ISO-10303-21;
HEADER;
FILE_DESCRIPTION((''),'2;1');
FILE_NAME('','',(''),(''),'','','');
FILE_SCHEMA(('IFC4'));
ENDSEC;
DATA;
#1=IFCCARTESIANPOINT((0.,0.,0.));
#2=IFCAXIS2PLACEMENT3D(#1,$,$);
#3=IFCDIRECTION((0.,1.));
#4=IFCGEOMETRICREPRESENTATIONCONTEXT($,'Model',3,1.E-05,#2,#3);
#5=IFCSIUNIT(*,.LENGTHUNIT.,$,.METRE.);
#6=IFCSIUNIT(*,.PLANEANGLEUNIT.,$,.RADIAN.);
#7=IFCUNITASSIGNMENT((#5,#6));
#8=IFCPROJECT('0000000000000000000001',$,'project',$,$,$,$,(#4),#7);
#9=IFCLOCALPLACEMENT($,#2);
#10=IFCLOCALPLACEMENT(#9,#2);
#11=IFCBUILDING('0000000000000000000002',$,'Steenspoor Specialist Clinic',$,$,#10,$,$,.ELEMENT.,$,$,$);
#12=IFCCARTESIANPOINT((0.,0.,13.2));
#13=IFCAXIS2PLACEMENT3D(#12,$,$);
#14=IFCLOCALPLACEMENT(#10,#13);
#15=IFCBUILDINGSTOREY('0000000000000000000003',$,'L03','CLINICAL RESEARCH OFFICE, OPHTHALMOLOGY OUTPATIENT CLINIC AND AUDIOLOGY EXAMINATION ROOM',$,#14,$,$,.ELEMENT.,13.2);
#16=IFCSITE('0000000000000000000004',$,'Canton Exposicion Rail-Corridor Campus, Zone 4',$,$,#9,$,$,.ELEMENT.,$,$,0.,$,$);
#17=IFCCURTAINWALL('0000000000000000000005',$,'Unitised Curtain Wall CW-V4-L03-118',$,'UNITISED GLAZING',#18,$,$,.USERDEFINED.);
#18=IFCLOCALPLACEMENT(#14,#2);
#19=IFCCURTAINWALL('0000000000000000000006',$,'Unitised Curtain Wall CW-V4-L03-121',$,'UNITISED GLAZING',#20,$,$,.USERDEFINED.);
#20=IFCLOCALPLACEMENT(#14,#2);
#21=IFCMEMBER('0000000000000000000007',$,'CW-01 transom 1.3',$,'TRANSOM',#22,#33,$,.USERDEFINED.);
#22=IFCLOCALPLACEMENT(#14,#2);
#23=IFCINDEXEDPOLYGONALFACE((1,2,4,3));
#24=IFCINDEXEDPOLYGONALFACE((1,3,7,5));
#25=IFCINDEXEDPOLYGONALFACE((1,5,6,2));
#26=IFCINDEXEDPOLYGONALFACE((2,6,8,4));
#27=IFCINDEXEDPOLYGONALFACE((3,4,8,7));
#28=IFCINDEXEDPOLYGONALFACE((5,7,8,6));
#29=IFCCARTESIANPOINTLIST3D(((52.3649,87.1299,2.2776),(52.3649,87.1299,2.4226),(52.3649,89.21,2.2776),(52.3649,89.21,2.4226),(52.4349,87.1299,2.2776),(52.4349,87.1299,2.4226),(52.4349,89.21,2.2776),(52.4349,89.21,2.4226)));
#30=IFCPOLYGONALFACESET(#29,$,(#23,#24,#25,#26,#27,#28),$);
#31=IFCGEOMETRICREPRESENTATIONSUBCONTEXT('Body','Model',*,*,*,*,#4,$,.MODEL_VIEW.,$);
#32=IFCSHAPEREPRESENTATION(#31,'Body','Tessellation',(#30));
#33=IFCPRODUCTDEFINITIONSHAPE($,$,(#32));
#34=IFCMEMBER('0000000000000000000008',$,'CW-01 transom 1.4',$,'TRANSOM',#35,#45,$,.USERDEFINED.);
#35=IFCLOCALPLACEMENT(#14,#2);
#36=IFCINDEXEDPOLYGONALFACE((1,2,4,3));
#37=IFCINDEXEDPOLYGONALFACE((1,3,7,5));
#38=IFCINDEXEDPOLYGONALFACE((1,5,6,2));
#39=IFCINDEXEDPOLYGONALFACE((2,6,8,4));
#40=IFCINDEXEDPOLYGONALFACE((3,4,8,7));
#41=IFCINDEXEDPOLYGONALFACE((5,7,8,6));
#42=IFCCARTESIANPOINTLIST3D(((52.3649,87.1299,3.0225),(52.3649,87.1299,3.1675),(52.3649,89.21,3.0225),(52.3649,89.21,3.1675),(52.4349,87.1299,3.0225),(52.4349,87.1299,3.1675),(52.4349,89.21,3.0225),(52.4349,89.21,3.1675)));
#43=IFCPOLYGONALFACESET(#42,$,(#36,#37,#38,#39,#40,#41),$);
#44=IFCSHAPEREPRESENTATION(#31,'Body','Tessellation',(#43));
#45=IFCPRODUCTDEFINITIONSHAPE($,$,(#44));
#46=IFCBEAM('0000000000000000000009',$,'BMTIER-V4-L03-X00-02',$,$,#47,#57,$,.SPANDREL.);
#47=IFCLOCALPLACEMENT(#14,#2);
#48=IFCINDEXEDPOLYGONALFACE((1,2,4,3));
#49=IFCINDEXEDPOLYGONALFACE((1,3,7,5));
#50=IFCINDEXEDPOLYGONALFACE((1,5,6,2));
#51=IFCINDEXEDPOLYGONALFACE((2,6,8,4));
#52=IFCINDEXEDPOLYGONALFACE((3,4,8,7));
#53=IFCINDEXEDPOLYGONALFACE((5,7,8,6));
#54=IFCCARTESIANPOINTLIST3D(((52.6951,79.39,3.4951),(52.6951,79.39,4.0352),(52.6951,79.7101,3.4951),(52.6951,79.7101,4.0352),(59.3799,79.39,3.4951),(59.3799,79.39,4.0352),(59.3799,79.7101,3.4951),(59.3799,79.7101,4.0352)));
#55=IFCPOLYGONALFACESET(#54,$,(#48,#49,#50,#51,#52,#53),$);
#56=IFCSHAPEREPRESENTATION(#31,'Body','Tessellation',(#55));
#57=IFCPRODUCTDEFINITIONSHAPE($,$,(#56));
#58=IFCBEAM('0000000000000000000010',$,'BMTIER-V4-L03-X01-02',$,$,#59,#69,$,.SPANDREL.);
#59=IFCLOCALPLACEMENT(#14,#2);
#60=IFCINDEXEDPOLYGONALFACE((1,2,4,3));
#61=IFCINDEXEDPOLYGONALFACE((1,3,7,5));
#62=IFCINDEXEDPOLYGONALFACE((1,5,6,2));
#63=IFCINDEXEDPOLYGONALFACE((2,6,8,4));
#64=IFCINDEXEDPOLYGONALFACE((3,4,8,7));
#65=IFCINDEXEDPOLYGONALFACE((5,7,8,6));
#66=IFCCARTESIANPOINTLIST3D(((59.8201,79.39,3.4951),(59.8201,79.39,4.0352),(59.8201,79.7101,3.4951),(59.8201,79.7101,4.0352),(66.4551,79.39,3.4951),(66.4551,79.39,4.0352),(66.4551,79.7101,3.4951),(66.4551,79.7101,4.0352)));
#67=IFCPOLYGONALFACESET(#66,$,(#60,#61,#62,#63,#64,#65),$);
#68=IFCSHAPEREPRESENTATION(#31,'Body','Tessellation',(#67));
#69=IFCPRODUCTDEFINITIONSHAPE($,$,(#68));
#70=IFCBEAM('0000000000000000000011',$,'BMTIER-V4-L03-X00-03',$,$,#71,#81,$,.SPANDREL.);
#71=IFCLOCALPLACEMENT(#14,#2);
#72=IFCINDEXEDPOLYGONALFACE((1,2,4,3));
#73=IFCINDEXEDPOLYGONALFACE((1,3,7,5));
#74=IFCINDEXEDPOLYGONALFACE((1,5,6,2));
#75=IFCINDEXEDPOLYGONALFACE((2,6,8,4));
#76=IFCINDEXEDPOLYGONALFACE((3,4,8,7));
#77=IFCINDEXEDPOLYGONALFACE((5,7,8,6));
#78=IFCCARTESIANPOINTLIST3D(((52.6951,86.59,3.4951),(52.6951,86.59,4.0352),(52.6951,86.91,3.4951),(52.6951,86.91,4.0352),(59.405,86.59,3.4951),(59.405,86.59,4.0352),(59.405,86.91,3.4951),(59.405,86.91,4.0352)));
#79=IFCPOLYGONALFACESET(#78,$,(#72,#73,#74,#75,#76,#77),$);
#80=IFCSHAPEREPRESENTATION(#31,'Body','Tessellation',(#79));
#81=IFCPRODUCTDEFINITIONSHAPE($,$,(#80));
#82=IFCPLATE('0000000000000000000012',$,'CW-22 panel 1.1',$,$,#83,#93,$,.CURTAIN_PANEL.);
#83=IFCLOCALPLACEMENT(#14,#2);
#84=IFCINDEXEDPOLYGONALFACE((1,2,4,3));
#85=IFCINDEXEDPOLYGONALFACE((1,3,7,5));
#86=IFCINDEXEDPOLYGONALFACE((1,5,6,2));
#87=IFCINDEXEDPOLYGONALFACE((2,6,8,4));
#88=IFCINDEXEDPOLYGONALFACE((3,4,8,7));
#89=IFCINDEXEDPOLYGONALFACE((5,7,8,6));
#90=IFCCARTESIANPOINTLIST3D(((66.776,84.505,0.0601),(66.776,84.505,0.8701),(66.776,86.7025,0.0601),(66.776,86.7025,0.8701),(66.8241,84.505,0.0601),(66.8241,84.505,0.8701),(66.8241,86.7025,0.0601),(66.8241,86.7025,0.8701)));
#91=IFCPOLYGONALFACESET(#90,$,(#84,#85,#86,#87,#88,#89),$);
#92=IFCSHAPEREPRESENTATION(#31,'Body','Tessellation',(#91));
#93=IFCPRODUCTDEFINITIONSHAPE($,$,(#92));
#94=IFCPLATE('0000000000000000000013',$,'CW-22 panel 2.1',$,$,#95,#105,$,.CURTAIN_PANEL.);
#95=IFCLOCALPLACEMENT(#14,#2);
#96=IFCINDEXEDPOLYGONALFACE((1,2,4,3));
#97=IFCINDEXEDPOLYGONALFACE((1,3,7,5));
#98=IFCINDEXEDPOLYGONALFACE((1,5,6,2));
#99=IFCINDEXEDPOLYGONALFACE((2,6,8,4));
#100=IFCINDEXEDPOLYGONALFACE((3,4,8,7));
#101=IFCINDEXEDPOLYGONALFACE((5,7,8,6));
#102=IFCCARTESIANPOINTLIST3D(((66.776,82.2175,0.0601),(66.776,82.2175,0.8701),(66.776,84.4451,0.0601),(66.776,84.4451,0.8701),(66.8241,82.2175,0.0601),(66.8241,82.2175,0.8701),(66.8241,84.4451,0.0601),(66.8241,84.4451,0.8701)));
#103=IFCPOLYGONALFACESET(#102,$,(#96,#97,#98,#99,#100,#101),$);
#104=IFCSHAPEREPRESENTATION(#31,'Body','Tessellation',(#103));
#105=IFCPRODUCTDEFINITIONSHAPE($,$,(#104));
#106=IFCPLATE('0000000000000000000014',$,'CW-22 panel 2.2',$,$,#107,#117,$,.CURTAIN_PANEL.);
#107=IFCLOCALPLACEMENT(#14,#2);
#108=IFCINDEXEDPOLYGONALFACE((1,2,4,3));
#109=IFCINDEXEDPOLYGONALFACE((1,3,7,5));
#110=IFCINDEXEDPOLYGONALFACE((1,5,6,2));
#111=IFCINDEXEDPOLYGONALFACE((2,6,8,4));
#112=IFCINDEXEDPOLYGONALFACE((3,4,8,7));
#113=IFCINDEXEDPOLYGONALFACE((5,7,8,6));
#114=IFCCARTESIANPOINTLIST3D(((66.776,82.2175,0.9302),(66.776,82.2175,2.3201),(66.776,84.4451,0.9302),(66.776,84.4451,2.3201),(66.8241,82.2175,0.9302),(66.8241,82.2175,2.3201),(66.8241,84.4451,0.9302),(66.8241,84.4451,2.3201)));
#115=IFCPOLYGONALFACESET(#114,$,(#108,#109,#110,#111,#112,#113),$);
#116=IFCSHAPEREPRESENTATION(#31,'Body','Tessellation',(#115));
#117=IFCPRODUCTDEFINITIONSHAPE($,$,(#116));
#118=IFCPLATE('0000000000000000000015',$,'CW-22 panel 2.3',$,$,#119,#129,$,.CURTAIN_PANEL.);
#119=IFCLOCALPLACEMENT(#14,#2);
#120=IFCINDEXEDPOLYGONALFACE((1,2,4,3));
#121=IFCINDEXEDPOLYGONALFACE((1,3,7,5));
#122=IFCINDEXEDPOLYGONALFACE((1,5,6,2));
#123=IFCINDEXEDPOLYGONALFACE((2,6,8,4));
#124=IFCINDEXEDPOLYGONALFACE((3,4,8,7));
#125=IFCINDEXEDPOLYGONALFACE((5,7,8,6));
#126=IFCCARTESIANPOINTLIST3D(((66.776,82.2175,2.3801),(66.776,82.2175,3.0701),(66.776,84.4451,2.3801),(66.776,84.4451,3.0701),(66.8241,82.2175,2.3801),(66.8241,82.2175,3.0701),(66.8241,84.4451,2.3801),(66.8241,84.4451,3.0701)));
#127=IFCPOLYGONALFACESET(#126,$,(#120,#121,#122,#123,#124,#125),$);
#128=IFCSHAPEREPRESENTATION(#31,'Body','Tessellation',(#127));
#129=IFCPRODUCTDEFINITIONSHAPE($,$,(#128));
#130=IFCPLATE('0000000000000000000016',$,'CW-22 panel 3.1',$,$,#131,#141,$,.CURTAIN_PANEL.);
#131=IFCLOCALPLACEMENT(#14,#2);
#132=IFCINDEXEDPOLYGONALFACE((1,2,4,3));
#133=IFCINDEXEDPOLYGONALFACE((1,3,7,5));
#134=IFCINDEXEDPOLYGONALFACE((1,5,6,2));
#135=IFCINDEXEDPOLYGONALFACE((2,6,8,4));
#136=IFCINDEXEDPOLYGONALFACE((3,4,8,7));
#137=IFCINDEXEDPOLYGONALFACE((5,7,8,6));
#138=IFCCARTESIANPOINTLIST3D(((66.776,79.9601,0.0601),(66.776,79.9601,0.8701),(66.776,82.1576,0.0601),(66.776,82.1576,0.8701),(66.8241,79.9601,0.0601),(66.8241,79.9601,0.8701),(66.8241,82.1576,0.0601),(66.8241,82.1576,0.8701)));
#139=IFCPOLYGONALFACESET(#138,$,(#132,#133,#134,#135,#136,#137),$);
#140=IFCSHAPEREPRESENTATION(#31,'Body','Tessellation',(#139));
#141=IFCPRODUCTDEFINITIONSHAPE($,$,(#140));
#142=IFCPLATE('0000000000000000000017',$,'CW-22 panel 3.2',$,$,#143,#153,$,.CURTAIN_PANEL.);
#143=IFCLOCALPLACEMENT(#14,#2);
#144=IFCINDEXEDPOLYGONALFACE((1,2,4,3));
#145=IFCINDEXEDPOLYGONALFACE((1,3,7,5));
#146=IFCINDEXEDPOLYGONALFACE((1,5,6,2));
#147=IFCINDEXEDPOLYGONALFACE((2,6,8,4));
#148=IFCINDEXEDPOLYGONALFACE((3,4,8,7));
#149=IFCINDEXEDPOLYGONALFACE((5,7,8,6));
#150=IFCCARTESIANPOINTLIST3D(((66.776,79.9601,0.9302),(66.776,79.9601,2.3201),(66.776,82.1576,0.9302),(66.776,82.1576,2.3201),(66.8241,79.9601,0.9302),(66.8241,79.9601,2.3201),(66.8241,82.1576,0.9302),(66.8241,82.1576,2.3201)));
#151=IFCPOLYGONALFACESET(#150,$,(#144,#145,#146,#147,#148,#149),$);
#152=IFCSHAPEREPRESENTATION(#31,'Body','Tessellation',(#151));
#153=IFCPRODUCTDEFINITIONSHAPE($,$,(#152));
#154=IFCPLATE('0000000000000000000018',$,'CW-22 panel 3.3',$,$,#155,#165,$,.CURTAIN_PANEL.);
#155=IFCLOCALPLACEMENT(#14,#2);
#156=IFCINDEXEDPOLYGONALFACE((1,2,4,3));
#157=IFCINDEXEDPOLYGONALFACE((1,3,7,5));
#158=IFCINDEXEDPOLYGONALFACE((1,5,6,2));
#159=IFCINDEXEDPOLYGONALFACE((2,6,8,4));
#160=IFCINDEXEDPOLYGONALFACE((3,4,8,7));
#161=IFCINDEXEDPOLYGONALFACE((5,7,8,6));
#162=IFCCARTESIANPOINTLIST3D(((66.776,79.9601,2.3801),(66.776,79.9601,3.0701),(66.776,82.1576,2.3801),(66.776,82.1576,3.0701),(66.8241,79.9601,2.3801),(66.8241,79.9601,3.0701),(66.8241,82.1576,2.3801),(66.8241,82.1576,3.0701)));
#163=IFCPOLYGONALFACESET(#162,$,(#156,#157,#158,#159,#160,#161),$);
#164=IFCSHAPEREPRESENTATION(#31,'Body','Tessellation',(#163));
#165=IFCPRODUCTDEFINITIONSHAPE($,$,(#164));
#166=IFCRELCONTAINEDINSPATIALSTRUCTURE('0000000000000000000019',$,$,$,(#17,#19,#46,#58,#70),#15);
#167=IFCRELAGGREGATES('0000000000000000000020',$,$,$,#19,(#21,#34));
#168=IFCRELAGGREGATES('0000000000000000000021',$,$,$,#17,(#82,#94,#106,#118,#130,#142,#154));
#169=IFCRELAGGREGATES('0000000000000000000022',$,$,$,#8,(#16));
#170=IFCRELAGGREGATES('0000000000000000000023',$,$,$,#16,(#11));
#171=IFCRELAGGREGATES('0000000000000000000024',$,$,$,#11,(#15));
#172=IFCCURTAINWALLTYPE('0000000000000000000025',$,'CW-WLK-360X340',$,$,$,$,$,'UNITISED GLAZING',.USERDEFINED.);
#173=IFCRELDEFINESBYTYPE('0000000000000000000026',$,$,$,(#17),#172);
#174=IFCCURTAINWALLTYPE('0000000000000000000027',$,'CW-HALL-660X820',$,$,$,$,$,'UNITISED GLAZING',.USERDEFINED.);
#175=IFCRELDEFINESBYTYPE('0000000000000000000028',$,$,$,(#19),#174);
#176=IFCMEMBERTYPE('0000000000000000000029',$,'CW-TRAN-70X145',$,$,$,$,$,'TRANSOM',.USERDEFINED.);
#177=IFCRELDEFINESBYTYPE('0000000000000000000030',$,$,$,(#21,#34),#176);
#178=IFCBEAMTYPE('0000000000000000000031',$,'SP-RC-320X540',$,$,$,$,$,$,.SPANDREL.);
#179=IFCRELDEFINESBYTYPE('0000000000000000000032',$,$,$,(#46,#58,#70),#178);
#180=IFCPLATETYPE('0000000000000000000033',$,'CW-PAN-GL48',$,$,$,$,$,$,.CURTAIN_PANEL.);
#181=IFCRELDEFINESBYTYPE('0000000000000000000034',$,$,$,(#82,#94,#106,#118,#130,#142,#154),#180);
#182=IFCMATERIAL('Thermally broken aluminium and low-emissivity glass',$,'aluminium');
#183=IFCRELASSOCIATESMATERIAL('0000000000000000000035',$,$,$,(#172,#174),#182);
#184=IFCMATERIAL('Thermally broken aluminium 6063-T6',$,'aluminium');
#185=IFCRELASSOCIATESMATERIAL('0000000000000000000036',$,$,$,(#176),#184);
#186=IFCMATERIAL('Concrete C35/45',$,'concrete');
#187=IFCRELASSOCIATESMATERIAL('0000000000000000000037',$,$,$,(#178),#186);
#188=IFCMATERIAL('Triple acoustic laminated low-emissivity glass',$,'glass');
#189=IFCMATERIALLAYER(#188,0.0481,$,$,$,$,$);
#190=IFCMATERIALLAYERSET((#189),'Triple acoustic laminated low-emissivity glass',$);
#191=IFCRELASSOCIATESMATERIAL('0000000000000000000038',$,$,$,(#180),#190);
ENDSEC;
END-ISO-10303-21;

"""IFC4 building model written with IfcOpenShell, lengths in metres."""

from ifc_helpers import new_model, si_unit, direction, frame, origin, origin_2d, place, context, subcontext, project, spatial, rectangle, extrude, material, layer, layer_set, material_profile, profile_set, type_object, element, aggregate, save


model = new_model("IFC4")

# Units and contexts
model_context = context("Model", 3, precision=1e-05, world=origin(), true_north=direction((0.0, 1.0)))
body_context = subcontext(model_context, "Body", "Model", "MODEL_VIEW")
ifc_project = project(units=[si_unit("LENGTHUNIT", "METRE"), si_unit("PLANEANGLEUNIT", "RADIAN")], contexts=[model_context])

# Site, building, storey
site_placement = place(None, origin())
site = spatial("IfcSite", under=ifc_project, at=site_placement, Name="Canton Exposicion Rail-Corridor Campus, Zone 4", CompositionType="ELEMENT", RefElevation=0.0)
building_placement = place(site_placement, origin())
building = spatial("IfcBuilding", under=site, at=building_placement, Name="Steenspoor Specialist Clinic", CompositionType="ELEMENT")
storey_placement = place(building_placement, frame((0.0, 0.0, 13.2)))
storey = spatial("IfcBuildingStorey", under=building, at=storey_placement, Name="L03", Description="CLINICAL RESEARCH OFFICE, OPHTHALMOLOGY OUTPATIENT CLINIC AND AUDIOLOGY EXAMINATION ROOM", CompositionType="ELEMENT", Elevation=13.2)

# Curtain walls, members
ifc_material_1 = material(Name="Thermally broken aluminium and low-emissivity glass", Category="aluminium")
curtain_wall_type_1 = type_object("IfcCurtainWallType", Name="CW-WLK-360X340", ElementType="UNITISED GLAZING", PredefinedType="USERDEFINED", material=ifc_material_1)
curtain_wall_1_placement = place(storey_placement, origin())
curtain_wall_1 = element("IfcCurtainWall", 1, at=curtain_wall_1_placement, inside=storey, type_object=curtain_wall_type_1, Name="Unitised Curtain Wall CW-V4-L03-118", ObjectType="UNITISED GLAZING", PredefinedType="USERDEFINED")
ifc_material_2 = material(Name="Thermally broken aluminium 6063-T6", Category="aluminium")
curtain_wall_type_2 = type_object("IfcCurtainWallType", Name="CW-HALL-660X820", ElementType="UNITISED GLAZING", PredefinedType="USERDEFINED", material=ifc_material_1)
curtain_wall_2_placement = place(storey_placement, origin())
curtain_wall_2 = element("IfcCurtainWall", 2, at=curtain_wall_2_placement, inside=storey, type_object=curtain_wall_type_2, Name="Unitised Curtain Wall CW-V4-L03-121", ObjectType="UNITISED GLAZING", PredefinedType="USERDEFINED")
ifc_material_profile_1 = material_profile(ifc_material_2, rectangle(XDim=0.0701, YDim=0.145, at=origin_2d()), Name="CWT-70X145")
ifc_profile_set_1 = profile_set([ifc_material_profile_1], Name="Thermally broken aluminium 6063-T6")
member_type_1 = type_object("IfcMemberType", Name="CW-TRAN-70X145", ElementType="TRANSOM", PredefinedType="USERDEFINED", material=ifc_profile_set_1)
member_1_placement = place(storey_placement, frame((52.3999, 87.1299, 2.3501), z_axis=(0.0, 1.0, 0.0), x_axis=(-1.0, 0.0, 0.0)))
member_1 = element("IfcMember", 3, at=member_1_placement, type_object=member_type_1, Name="CW-01 transom 1.3", ObjectType="TRANSOM", PredefinedType="USERDEFINED", context=body_context, shape_type="SweptSolid", body=[
    extrude(rectangle(XDim=0.0701, YDim=0.145, at=origin_2d()), origin(), (0.0, 0.0, 1.0), 2.0801),
])
member_2_placement = place(storey_placement, frame((52.3999, 87.1299, 3.095), z_axis=(0.0, 1.0, 0.0), x_axis=(-1.0, 0.0, 0.0)))
member_2 = element("IfcMember", 4, at=member_2_placement, type_object=member_type_1, Name="CW-01 transom 1.4", ObjectType="TRANSOM", PredefinedType="USERDEFINED", context=body_context, shape_type="SweptSolid", body=[
    extrude(rectangle(XDim=0.0701, YDim=0.145, at=origin_2d()), origin(), (0.0, 0.0, 1.0), 2.0801),
])
aggregate(curtain_wall_2, [member_1, member_2])

# Beams
ifc_material_3 = material(Name="Concrete C35/45", Category="concrete")
ifc_material_profile_2 = material_profile(ifc_material_3, rectangle(XDim=0.3201, YDim=0.54, at=origin_2d()), Name="RC-SP-320X540")
ifc_profile_set_2 = profile_set([ifc_material_profile_2], Name="Concrete C35/45")
beam_type = type_object("IfcBeamType", Name="SP-RC-320X540", PredefinedType="SPANDREL", material=ifc_profile_set_2)
beam_1_placement = place(storey_placement, frame((52.6951, 79.55, 3.7651), z_axis=(1.0, 0.0, 0.0), x_axis=(0.0, 1.0, 0.0)))
element("IfcBeam", 5, at=beam_1_placement, inside=storey, type_object=beam_type, Name="BMTIER-V4-L03-X00-02", PredefinedType="SPANDREL", context=body_context, shape_type="SweptSolid", body=[
    extrude(rectangle(XDim=0.3201, YDim=0.54, at=origin_2d()), origin(), (0.0, 0.0, 1.0), 6.6848),
])
beam_2_placement = place(storey_placement, frame((59.8201, 79.55, 3.7651), z_axis=(1.0, 0.0, 0.0), x_axis=(0.0, 1.0, 0.0)))
element("IfcBeam", 6, at=beam_2_placement, inside=storey, type_object=beam_type, Name="BMTIER-V4-L03-X01-02", PredefinedType="SPANDREL", context=body_context, shape_type="SweptSolid", body=[
    extrude(rectangle(XDim=0.3201, YDim=0.54, at=origin_2d()), origin(), (0.0, 0.0, 1.0), 6.635),
])
beam_3_placement = place(storey_placement, frame((52.6951, 86.75, 3.7651), z_axis=(1.0, 0.0, 0.0), x_axis=(0.0, 1.0, 0.0)))
element("IfcBeam", 7, at=beam_3_placement, inside=storey, type_object=beam_type, Name="BMTIER-V4-L03-X00-03", PredefinedType="SPANDREL", context=body_context, shape_type="SweptSolid", body=[
    extrude(rectangle(XDim=0.3201, YDim=0.54, at=origin_2d()), origin(), (0.0, 0.0, 1.0), 6.71),
])

# Plates
ifc_material_4 = material(Name="Triple acoustic laminated low-emissivity glass", Category="glass")
ifc_layer_1 = layer(ifc_material_4, 0.0481)
ifc_layer_set_1 = layer_set([ifc_layer_1], Name="Triple acoustic laminated low-emissivity glass")
plate_type = type_object("IfcPlateType", Name="CW-PAN-GL48", PredefinedType="CURTAIN_PANEL", material=ifc_layer_set_1)
plate_1_placement = place(storey_placement, frame((66.8, 85.6038, 0.0601), z_axis=(0.0, 0.0, 1.0), x_axis=(0.0, -1.0, 0.0)))
plate_1 = element("IfcPlate", 8, at=plate_1_placement, type_object=plate_type, Name="CW-22 panel 1.1", PredefinedType="CURTAIN_PANEL", context=body_context, shape_type="SweptSolid", body=[
    extrude(rectangle(XDim=2.1975, YDim=0.0481, at=origin_2d()), origin(), (0.0, 0.0, 1.0), 0.8101),
])
plate_2_placement = place(storey_placement, frame((66.8, 83.3313, 0.0601), z_axis=(0.0, 0.0, 1.0), x_axis=(0.0, -1.0, 0.0)))
plate_2 = element("IfcPlate", 9, at=plate_2_placement, type_object=plate_type, Name="CW-22 panel 2.1", PredefinedType="CURTAIN_PANEL", context=body_context, shape_type="SweptSolid", body=[
    extrude(rectangle(XDim=2.2275, YDim=0.0481, at=origin_2d()), origin(), (0.0, 0.0, 1.0), 0.8101),
])
plate_3_placement = place(storey_placement, frame((66.8, 83.3313, 0.9302), z_axis=(0.0, 0.0, 1.0), x_axis=(0.0, -1.0, 0.0)))
plate_3 = element("IfcPlate", 10, at=plate_3_placement, type_object=plate_type, Name="CW-22 panel 2.2", PredefinedType="CURTAIN_PANEL", context=body_context, shape_type="SweptSolid", body=[
    extrude(rectangle(XDim=2.2275, YDim=0.0481, at=origin_2d()), origin(), (0.0, 0.0, 1.0), 1.3899),
])
plate_4_placement = place(storey_placement, frame((66.8, 83.3313, 2.3801), z_axis=(0.0, 0.0, 1.0), x_axis=(0.0, -1.0, 0.0)))
plate_4 = element("IfcPlate", 11, at=plate_4_placement, type_object=plate_type, Name="CW-22 panel 2.3", PredefinedType="CURTAIN_PANEL", context=body_context, shape_type="SweptSolid", body=[
    extrude(rectangle(XDim=2.2275, YDim=0.0481, at=origin_2d()), origin(), (0.0, 0.0, 1.0), 0.6899),
])
plate_5_placement = place(storey_placement, frame((66.8, 81.0588, 0.0601), z_axis=(0.0, 0.0, 1.0), x_axis=(0.0, -1.0, 0.0)))
plate_5 = element("IfcPlate", 12, at=plate_5_placement, type_object=plate_type, Name="CW-22 panel 3.1", PredefinedType="CURTAIN_PANEL", context=body_context, shape_type="SweptSolid", body=[
    extrude(rectangle(XDim=2.1975, YDim=0.0481, at=origin_2d()), origin(), (0.0, 0.0, 1.0), 0.8101),
])
plate_6_placement = place(storey_placement, frame((66.8, 81.0588, 0.9302), z_axis=(0.0, 0.0, 1.0), x_axis=(0.0, -1.0, 0.0)))
plate_6 = element("IfcPlate", 13, at=plate_6_placement, type_object=plate_type, Name="CW-22 panel 3.2", PredefinedType="CURTAIN_PANEL", context=body_context, shape_type="SweptSolid", body=[
    extrude(rectangle(XDim=2.1975, YDim=0.0481, at=origin_2d()), origin(), (0.0, 0.0, 1.0), 1.3899),
])
plate_7_placement = place(storey_placement, frame((66.8, 81.0588, 2.3801), z_axis=(0.0, 0.0, 1.0), x_axis=(0.0, -1.0, 0.0)))
plate_7 = element("IfcPlate", 14, at=plate_7_placement, type_object=plate_type, Name="CW-22 panel 3.3", PredefinedType="CURTAIN_PANEL", context=body_context, shape_type="SweptSolid", body=[
    extrude(rectangle(XDim=2.1975, YDim=0.0481, at=origin_2d()), origin(), (0.0, 0.0, 1.0), 0.6899),
])
aggregate(curtain_wall_1, [plate_1, plate_2, plate_3, plate_4, plate_5, plate_6, plate_7])

save(model, "model.ifc")
